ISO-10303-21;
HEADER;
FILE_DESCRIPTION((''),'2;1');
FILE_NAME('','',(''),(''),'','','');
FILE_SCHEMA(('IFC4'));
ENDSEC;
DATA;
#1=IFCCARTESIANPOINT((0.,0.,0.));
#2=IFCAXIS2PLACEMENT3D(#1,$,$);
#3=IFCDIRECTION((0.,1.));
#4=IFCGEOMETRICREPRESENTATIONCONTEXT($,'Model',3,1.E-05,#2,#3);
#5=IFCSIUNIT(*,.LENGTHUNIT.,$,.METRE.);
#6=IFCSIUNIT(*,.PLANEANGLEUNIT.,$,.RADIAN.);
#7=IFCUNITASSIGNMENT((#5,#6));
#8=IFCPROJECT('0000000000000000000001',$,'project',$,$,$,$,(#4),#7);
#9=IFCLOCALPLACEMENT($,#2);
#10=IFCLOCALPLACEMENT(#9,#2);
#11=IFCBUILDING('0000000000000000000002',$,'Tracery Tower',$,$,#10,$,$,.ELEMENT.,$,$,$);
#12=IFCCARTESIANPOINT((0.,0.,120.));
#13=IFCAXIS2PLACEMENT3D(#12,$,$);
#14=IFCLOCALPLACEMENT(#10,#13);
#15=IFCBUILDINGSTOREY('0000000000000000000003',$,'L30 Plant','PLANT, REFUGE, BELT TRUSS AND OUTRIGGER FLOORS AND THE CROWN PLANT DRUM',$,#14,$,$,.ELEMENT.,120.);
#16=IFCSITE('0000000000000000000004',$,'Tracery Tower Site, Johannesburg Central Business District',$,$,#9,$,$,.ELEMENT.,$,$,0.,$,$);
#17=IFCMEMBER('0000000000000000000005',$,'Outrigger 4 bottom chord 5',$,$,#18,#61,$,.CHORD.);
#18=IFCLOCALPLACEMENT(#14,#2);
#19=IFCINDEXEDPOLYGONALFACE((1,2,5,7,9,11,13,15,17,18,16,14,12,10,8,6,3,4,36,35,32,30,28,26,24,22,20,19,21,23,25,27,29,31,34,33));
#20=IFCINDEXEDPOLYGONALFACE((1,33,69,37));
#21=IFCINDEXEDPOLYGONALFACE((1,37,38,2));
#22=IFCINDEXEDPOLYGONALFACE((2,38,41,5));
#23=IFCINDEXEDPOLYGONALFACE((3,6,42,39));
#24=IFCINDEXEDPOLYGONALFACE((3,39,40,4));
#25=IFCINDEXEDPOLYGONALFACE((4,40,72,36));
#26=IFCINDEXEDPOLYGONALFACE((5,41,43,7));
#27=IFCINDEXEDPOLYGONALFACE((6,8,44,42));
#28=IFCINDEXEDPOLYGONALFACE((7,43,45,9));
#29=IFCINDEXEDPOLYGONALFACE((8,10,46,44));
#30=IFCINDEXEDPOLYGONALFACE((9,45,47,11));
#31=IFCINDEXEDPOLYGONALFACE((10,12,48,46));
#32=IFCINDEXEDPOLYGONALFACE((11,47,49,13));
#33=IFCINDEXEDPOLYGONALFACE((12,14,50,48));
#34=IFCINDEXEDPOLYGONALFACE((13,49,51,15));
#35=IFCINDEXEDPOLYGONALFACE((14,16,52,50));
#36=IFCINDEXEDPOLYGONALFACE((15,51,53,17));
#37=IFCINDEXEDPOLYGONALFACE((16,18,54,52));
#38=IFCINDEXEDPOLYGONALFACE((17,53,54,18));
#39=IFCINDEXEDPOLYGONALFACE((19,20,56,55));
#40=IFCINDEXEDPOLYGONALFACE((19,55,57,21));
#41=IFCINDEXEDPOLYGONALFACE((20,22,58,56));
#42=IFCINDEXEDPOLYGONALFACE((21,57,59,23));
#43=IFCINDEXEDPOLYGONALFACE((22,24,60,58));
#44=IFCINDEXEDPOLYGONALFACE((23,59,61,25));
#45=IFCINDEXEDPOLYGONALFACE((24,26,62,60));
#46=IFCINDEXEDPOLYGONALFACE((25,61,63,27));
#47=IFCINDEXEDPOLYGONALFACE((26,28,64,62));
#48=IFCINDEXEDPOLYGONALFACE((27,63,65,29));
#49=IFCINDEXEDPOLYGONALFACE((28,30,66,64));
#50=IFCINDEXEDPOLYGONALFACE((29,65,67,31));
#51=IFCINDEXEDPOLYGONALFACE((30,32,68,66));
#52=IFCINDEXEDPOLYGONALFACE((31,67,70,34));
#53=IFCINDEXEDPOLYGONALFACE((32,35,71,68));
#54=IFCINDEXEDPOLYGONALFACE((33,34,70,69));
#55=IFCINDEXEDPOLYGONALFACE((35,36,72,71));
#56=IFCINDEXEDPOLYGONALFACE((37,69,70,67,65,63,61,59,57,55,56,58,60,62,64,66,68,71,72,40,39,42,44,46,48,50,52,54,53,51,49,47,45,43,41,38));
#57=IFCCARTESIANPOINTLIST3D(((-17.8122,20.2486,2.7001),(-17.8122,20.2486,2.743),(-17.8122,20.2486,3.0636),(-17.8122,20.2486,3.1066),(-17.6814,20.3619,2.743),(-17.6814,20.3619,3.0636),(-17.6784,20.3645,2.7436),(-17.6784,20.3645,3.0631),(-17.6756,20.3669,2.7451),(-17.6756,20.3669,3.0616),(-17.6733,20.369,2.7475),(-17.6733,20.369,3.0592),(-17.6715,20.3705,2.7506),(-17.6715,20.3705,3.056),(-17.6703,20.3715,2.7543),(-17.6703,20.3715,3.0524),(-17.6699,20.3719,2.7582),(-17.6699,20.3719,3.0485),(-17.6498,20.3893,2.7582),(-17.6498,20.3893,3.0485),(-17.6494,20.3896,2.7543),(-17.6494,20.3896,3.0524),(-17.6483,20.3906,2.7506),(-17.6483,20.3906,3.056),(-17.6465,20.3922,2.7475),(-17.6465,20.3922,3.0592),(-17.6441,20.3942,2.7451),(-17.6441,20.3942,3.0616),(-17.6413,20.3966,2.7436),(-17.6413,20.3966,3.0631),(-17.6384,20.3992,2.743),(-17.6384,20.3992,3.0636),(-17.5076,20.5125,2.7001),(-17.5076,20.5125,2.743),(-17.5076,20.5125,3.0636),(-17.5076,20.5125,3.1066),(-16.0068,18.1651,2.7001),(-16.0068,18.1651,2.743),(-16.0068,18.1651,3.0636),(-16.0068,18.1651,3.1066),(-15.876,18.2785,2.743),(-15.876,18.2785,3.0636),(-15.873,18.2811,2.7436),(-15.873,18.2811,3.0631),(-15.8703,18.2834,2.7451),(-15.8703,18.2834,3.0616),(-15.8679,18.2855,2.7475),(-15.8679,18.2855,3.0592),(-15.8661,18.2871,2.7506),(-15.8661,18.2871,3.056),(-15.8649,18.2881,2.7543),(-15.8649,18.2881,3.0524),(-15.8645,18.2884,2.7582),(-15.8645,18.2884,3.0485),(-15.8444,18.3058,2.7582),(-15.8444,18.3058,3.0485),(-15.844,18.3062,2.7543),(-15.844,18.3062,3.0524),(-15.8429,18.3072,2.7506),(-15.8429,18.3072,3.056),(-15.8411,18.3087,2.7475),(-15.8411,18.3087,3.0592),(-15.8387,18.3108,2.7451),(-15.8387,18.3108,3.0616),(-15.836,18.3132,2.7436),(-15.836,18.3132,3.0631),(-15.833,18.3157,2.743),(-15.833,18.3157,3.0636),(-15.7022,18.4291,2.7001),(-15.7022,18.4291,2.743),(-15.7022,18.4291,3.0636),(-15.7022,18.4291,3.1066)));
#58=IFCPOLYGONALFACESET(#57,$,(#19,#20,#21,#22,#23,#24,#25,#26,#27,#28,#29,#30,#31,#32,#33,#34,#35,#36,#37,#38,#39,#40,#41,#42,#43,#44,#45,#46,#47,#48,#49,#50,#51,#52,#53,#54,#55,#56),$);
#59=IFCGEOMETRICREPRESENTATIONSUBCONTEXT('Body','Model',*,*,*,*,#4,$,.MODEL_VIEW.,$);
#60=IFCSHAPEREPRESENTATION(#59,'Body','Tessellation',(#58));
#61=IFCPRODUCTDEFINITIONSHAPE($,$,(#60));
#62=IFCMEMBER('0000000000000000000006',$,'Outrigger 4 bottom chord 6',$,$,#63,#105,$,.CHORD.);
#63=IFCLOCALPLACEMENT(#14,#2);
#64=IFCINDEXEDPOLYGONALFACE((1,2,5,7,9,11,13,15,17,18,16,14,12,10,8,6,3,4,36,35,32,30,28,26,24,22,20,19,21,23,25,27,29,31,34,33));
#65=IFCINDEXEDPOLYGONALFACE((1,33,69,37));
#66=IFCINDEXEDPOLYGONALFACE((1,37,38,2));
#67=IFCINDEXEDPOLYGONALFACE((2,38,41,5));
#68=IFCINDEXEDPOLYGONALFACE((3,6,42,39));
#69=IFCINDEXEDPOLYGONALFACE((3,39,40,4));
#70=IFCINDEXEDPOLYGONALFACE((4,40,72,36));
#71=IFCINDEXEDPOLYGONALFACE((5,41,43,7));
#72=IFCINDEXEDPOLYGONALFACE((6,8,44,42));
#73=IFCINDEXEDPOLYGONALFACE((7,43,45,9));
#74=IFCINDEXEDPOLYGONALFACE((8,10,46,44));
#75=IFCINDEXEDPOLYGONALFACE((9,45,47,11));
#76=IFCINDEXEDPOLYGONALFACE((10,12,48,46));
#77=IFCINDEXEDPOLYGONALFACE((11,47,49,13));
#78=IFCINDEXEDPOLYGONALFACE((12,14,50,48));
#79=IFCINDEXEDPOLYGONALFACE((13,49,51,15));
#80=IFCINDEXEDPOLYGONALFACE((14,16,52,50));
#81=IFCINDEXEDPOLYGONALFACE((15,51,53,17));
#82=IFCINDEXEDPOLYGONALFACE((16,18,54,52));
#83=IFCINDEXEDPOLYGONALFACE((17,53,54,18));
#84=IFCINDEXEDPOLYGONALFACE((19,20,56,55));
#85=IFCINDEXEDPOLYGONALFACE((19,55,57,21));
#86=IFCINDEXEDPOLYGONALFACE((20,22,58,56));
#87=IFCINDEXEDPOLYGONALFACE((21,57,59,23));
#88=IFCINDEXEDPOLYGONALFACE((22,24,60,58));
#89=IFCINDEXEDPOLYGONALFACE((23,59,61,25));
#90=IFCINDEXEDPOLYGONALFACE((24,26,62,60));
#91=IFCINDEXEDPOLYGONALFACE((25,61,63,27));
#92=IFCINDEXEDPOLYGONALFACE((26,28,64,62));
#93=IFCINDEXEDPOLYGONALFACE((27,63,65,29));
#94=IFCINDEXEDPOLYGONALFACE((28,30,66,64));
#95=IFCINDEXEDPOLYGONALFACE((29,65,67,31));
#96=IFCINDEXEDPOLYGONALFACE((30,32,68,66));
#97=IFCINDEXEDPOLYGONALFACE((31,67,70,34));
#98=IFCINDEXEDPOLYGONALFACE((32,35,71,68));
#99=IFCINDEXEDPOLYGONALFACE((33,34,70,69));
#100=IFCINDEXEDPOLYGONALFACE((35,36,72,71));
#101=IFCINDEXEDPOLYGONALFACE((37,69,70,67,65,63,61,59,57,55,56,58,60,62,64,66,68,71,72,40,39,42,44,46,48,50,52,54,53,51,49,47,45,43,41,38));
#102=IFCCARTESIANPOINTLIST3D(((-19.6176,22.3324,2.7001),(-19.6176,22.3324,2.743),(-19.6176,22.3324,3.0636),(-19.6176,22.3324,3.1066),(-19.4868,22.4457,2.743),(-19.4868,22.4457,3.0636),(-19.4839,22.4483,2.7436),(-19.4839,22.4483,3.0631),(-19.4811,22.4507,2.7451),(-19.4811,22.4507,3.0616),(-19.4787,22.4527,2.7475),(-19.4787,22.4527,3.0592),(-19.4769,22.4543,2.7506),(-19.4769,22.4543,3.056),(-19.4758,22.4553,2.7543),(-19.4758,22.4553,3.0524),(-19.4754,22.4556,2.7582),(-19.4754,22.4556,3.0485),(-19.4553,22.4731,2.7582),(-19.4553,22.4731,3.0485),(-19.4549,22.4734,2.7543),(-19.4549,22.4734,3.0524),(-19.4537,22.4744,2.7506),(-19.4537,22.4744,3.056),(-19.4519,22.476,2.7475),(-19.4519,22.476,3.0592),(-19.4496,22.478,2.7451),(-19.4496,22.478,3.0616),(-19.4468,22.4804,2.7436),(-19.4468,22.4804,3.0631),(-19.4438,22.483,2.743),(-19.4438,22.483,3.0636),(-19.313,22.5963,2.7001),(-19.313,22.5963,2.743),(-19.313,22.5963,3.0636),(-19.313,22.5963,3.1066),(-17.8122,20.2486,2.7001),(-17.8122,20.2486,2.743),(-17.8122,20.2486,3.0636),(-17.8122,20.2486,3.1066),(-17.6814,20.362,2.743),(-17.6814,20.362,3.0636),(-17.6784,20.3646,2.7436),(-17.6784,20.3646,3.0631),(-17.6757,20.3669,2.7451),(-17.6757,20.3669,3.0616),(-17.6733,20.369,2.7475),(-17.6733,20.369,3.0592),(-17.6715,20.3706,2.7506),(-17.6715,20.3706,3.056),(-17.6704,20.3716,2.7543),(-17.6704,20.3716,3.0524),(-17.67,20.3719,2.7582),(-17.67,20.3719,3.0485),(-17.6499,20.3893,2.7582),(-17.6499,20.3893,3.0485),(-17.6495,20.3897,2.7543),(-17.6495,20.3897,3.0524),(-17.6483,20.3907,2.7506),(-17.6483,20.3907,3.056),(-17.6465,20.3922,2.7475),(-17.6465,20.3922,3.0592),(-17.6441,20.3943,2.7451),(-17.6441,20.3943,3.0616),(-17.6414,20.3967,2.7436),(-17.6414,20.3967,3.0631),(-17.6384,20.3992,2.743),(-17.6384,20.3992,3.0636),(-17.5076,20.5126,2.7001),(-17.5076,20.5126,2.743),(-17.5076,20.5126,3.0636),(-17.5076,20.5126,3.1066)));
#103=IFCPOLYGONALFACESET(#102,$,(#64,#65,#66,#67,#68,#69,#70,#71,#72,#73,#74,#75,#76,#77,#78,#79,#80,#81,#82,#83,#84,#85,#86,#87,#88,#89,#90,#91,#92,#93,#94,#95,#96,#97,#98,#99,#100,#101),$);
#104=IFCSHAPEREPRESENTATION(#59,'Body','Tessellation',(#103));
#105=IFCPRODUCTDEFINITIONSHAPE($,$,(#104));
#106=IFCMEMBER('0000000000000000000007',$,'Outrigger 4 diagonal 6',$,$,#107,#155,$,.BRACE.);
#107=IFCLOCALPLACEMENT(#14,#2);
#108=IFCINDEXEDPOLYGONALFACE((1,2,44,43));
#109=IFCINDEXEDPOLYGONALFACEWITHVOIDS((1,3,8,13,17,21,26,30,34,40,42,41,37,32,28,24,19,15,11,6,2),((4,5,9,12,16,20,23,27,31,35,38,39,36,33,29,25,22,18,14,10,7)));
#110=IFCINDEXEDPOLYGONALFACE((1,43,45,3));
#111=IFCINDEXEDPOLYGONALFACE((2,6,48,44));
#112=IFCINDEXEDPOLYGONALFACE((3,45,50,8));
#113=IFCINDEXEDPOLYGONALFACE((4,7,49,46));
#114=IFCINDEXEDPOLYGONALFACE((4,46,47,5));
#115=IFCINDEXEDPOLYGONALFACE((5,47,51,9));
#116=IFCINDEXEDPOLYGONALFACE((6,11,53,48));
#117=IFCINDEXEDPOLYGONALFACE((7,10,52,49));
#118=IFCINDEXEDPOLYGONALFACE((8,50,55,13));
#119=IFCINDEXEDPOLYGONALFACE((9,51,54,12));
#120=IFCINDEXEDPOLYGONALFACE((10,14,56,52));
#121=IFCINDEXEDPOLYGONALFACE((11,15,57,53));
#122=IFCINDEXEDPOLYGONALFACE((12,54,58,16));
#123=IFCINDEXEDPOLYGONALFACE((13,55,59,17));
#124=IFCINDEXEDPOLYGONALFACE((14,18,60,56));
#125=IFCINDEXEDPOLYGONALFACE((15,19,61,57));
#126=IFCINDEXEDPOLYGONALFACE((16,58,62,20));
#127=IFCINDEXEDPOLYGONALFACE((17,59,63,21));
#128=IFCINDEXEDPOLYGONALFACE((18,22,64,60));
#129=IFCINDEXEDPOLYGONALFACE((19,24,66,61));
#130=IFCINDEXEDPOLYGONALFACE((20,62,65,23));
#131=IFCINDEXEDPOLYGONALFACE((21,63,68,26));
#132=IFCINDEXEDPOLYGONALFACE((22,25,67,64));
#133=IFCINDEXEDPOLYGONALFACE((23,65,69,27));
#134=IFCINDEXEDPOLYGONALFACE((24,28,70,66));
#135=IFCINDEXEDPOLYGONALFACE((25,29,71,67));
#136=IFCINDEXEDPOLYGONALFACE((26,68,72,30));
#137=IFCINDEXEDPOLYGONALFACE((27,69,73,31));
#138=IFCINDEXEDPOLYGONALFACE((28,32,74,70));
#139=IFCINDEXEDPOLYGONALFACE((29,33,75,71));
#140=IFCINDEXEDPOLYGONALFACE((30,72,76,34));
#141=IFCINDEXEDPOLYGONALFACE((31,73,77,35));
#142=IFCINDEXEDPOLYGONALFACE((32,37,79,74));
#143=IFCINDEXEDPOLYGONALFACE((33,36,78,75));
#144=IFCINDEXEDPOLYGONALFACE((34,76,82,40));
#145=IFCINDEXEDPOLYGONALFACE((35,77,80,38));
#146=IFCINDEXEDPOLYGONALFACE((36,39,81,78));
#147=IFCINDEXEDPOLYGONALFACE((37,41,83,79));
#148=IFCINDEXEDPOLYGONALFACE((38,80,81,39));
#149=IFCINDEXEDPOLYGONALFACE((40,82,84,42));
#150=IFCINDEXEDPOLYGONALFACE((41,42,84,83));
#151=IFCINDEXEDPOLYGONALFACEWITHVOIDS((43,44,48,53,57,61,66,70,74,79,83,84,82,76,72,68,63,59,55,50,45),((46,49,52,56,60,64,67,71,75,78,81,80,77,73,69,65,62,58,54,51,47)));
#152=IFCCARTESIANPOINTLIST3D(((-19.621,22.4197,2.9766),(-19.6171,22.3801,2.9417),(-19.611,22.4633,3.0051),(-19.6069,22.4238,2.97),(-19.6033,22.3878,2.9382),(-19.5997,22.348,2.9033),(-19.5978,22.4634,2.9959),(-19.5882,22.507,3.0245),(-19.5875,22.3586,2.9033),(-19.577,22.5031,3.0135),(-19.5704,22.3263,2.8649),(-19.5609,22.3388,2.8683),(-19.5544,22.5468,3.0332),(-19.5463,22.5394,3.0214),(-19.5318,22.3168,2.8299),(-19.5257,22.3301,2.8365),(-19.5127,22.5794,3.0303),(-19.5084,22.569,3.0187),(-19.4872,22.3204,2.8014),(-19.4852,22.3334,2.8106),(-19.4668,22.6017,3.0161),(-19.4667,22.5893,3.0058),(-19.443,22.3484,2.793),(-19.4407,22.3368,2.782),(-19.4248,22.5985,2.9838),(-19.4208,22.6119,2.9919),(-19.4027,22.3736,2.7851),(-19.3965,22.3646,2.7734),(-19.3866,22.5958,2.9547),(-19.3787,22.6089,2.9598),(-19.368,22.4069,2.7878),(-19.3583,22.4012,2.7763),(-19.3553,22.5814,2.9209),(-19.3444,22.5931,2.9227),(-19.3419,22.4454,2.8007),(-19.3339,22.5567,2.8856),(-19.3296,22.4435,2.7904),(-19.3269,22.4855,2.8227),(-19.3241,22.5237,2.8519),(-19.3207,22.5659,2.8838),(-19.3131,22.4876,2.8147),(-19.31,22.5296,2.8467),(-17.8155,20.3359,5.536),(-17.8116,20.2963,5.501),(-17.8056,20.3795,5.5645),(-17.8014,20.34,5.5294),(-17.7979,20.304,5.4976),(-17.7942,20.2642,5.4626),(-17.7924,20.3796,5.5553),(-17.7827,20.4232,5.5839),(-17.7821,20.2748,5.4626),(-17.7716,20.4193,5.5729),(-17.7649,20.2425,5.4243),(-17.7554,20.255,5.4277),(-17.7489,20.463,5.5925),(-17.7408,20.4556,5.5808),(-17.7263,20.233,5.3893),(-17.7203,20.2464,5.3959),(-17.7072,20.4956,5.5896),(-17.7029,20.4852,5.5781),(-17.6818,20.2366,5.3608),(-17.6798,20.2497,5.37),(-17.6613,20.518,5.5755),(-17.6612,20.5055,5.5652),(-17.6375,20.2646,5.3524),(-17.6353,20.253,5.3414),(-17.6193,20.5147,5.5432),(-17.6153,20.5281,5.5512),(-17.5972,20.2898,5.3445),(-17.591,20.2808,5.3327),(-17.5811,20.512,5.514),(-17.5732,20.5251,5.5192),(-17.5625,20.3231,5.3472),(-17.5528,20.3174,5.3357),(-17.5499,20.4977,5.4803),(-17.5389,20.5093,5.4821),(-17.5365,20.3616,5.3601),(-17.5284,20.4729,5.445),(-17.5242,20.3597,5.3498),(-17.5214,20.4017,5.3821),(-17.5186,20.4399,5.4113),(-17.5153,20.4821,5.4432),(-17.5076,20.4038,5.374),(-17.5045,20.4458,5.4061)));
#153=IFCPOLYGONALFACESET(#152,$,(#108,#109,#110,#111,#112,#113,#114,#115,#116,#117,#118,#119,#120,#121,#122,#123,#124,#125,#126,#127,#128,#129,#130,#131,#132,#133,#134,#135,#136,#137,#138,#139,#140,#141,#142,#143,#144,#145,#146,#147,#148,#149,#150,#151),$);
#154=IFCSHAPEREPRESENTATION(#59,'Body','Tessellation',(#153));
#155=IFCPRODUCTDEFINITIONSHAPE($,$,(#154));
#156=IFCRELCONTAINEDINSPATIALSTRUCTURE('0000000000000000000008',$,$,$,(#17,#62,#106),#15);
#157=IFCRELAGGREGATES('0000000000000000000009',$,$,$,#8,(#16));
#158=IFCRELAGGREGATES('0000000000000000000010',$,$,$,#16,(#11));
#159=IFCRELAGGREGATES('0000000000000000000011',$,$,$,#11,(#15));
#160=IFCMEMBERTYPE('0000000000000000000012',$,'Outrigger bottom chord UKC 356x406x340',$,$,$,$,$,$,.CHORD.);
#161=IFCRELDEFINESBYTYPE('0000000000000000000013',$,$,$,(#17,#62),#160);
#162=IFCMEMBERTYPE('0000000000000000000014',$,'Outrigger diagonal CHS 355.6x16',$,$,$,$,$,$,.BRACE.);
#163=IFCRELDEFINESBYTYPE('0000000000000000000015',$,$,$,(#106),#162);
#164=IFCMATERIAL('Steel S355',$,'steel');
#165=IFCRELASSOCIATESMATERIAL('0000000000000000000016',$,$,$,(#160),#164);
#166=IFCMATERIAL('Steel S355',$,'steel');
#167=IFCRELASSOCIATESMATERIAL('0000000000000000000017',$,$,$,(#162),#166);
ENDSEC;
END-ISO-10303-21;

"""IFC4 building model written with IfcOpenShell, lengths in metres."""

from ifc_helpers import new_model, si_unit, direction, frame, origin, origin_2d, place, context, subcontext, project, spatial, hollow_circle, i_section, extrude, material, material_profile, profile_set, type_object, element, save


model = new_model("IFC4")

# Units and contexts
model_context = context("Model", 3, precision=1e-05, world=origin(), true_north=direction((0.0, 1.0)))
body_context = subcontext(model_context, "Body", "Model", "MODEL_VIEW")
ifc_project = project(units=[si_unit("LENGTHUNIT", "METRE"), si_unit("PLANEANGLEUNIT", "RADIAN")], contexts=[model_context])

# Site, building, storey
site_placement = place(None, origin())
site = spatial("IfcSite", under=ifc_project, at=site_placement, Name="Tracery Tower Site, Johannesburg Central Business District", CompositionType="ELEMENT", RefElevation=0.0)
building_placement = place(site_placement, origin())
building = spatial("IfcBuilding", under=site, at=building_placement, Name="Tracery Tower", CompositionType="ELEMENT")
storey_placement = place(building_placement, frame((0.0, 0.0, 120.0)))
storey = spatial("IfcBuildingStorey", under=building, at=storey_placement, Name="L30 Plant", Description="PLANT, REFUGE, BELT TRUSS AND OUTRIGGER FLOORS AND THE CROWN PLANT DRUM", CompositionType="ELEMENT", Elevation=120.0)

# Members
ifc_material_1 = material(Name="Steel S355", Category="steel")
ifc_material_profile_1 = material_profile(ifc_material_1, i_section(OverallWidth=0.4031, OverallDepth=0.4065, WebThickness=0.0266, FlangeThickness=0.043, FilletRadius=0.0151, at=origin_2d()), Name="UKC 356x406x340")
ifc_profile_set_1 = profile_set([ifc_material_profile_1], Name="Steel S355")
member_type_1 = type_object("IfcMemberType", Name="Outrigger bottom chord UKC 356x406x340", PredefinedType="CHORD", material=ifc_profile_set_1)
member_1_placement = place(storey_placement, frame((-15.8545, 18.2971, 2.9033), z_axis=(-0.654873, 0.755739, 0.0), x_axis=(-0.755739, -0.654873, 0.0)))
element("IfcMember", 1, at=member_1_placement, inside=storey, type_object=member_type_1, Name="Outrigger 4 bottom chord 5", PredefinedType="CHORD", context=body_context, shape_type="SweptSolid", body=[
    extrude(i_section(OverallWidth=0.4031, OverallDepth=0.4065, WebThickness=0.0266, FlangeThickness=0.043, FilletRadius=0.0151, at=origin_2d()), origin(), (0.0, 0.0, 1.0), 2.7568),
])
member_2_placement = place(storey_placement, frame((-17.6599, 20.3806, 2.9033), z_axis=(-0.654829, 0.755777, 0.0), x_axis=(-0.755777, -0.654829, 0.0)))
element("IfcMember", 2, at=member_2_placement, inside=storey, type_object=member_type_1, Name="Outrigger 4 bottom chord 6", PredefinedType="CHORD", context=body_context, shape_type="SweptSolid", body=[
    extrude(i_section(OverallWidth=0.4031, OverallDepth=0.4065, WebThickness=0.0266, FlangeThickness=0.043, FilletRadius=0.0151, at=origin_2d()), origin(), (0.0, 0.0, 1.0), 2.7571),
])
ifc_material_2 = material(Name="Steel S355", Category="steel")
ifc_material_profile_2 = material_profile(ifc_material_2, hollow_circle(Radius=0.1777, WallThickness=0.0161, at=origin_2d()), Name="CHS 355.6x16")
ifc_profile_set_2 = profile_set([ifc_material_profile_2], Name="Steel S355")
member_type_2 = type_object("IfcMemberType", Name="Outrigger diagonal CHS 355.6x16", PredefinedType="BRACE", material=ifc_profile_set_2)
member_3_placement = place(storey_placement, frame((-17.6599, 20.3806, 5.4626), z_axis=(-0.479926, 0.553911, -0.680334), x_axis=(-0.755777, -0.654829, 0.0)))
element("IfcMember", 3, at=member_3_placement, inside=storey, type_object=member_type_2, Name="Outrigger 4 diagonal 6", PredefinedType="BRACE", context=body_context, shape_type="SweptSolid", body=[
    extrude(hollow_circle(Radius=0.1777, WallThickness=0.0161, at=origin_2d()), origin(), (0.0, 0.0, 1.0), 3.762),
])

save(model, "model.ifc")
